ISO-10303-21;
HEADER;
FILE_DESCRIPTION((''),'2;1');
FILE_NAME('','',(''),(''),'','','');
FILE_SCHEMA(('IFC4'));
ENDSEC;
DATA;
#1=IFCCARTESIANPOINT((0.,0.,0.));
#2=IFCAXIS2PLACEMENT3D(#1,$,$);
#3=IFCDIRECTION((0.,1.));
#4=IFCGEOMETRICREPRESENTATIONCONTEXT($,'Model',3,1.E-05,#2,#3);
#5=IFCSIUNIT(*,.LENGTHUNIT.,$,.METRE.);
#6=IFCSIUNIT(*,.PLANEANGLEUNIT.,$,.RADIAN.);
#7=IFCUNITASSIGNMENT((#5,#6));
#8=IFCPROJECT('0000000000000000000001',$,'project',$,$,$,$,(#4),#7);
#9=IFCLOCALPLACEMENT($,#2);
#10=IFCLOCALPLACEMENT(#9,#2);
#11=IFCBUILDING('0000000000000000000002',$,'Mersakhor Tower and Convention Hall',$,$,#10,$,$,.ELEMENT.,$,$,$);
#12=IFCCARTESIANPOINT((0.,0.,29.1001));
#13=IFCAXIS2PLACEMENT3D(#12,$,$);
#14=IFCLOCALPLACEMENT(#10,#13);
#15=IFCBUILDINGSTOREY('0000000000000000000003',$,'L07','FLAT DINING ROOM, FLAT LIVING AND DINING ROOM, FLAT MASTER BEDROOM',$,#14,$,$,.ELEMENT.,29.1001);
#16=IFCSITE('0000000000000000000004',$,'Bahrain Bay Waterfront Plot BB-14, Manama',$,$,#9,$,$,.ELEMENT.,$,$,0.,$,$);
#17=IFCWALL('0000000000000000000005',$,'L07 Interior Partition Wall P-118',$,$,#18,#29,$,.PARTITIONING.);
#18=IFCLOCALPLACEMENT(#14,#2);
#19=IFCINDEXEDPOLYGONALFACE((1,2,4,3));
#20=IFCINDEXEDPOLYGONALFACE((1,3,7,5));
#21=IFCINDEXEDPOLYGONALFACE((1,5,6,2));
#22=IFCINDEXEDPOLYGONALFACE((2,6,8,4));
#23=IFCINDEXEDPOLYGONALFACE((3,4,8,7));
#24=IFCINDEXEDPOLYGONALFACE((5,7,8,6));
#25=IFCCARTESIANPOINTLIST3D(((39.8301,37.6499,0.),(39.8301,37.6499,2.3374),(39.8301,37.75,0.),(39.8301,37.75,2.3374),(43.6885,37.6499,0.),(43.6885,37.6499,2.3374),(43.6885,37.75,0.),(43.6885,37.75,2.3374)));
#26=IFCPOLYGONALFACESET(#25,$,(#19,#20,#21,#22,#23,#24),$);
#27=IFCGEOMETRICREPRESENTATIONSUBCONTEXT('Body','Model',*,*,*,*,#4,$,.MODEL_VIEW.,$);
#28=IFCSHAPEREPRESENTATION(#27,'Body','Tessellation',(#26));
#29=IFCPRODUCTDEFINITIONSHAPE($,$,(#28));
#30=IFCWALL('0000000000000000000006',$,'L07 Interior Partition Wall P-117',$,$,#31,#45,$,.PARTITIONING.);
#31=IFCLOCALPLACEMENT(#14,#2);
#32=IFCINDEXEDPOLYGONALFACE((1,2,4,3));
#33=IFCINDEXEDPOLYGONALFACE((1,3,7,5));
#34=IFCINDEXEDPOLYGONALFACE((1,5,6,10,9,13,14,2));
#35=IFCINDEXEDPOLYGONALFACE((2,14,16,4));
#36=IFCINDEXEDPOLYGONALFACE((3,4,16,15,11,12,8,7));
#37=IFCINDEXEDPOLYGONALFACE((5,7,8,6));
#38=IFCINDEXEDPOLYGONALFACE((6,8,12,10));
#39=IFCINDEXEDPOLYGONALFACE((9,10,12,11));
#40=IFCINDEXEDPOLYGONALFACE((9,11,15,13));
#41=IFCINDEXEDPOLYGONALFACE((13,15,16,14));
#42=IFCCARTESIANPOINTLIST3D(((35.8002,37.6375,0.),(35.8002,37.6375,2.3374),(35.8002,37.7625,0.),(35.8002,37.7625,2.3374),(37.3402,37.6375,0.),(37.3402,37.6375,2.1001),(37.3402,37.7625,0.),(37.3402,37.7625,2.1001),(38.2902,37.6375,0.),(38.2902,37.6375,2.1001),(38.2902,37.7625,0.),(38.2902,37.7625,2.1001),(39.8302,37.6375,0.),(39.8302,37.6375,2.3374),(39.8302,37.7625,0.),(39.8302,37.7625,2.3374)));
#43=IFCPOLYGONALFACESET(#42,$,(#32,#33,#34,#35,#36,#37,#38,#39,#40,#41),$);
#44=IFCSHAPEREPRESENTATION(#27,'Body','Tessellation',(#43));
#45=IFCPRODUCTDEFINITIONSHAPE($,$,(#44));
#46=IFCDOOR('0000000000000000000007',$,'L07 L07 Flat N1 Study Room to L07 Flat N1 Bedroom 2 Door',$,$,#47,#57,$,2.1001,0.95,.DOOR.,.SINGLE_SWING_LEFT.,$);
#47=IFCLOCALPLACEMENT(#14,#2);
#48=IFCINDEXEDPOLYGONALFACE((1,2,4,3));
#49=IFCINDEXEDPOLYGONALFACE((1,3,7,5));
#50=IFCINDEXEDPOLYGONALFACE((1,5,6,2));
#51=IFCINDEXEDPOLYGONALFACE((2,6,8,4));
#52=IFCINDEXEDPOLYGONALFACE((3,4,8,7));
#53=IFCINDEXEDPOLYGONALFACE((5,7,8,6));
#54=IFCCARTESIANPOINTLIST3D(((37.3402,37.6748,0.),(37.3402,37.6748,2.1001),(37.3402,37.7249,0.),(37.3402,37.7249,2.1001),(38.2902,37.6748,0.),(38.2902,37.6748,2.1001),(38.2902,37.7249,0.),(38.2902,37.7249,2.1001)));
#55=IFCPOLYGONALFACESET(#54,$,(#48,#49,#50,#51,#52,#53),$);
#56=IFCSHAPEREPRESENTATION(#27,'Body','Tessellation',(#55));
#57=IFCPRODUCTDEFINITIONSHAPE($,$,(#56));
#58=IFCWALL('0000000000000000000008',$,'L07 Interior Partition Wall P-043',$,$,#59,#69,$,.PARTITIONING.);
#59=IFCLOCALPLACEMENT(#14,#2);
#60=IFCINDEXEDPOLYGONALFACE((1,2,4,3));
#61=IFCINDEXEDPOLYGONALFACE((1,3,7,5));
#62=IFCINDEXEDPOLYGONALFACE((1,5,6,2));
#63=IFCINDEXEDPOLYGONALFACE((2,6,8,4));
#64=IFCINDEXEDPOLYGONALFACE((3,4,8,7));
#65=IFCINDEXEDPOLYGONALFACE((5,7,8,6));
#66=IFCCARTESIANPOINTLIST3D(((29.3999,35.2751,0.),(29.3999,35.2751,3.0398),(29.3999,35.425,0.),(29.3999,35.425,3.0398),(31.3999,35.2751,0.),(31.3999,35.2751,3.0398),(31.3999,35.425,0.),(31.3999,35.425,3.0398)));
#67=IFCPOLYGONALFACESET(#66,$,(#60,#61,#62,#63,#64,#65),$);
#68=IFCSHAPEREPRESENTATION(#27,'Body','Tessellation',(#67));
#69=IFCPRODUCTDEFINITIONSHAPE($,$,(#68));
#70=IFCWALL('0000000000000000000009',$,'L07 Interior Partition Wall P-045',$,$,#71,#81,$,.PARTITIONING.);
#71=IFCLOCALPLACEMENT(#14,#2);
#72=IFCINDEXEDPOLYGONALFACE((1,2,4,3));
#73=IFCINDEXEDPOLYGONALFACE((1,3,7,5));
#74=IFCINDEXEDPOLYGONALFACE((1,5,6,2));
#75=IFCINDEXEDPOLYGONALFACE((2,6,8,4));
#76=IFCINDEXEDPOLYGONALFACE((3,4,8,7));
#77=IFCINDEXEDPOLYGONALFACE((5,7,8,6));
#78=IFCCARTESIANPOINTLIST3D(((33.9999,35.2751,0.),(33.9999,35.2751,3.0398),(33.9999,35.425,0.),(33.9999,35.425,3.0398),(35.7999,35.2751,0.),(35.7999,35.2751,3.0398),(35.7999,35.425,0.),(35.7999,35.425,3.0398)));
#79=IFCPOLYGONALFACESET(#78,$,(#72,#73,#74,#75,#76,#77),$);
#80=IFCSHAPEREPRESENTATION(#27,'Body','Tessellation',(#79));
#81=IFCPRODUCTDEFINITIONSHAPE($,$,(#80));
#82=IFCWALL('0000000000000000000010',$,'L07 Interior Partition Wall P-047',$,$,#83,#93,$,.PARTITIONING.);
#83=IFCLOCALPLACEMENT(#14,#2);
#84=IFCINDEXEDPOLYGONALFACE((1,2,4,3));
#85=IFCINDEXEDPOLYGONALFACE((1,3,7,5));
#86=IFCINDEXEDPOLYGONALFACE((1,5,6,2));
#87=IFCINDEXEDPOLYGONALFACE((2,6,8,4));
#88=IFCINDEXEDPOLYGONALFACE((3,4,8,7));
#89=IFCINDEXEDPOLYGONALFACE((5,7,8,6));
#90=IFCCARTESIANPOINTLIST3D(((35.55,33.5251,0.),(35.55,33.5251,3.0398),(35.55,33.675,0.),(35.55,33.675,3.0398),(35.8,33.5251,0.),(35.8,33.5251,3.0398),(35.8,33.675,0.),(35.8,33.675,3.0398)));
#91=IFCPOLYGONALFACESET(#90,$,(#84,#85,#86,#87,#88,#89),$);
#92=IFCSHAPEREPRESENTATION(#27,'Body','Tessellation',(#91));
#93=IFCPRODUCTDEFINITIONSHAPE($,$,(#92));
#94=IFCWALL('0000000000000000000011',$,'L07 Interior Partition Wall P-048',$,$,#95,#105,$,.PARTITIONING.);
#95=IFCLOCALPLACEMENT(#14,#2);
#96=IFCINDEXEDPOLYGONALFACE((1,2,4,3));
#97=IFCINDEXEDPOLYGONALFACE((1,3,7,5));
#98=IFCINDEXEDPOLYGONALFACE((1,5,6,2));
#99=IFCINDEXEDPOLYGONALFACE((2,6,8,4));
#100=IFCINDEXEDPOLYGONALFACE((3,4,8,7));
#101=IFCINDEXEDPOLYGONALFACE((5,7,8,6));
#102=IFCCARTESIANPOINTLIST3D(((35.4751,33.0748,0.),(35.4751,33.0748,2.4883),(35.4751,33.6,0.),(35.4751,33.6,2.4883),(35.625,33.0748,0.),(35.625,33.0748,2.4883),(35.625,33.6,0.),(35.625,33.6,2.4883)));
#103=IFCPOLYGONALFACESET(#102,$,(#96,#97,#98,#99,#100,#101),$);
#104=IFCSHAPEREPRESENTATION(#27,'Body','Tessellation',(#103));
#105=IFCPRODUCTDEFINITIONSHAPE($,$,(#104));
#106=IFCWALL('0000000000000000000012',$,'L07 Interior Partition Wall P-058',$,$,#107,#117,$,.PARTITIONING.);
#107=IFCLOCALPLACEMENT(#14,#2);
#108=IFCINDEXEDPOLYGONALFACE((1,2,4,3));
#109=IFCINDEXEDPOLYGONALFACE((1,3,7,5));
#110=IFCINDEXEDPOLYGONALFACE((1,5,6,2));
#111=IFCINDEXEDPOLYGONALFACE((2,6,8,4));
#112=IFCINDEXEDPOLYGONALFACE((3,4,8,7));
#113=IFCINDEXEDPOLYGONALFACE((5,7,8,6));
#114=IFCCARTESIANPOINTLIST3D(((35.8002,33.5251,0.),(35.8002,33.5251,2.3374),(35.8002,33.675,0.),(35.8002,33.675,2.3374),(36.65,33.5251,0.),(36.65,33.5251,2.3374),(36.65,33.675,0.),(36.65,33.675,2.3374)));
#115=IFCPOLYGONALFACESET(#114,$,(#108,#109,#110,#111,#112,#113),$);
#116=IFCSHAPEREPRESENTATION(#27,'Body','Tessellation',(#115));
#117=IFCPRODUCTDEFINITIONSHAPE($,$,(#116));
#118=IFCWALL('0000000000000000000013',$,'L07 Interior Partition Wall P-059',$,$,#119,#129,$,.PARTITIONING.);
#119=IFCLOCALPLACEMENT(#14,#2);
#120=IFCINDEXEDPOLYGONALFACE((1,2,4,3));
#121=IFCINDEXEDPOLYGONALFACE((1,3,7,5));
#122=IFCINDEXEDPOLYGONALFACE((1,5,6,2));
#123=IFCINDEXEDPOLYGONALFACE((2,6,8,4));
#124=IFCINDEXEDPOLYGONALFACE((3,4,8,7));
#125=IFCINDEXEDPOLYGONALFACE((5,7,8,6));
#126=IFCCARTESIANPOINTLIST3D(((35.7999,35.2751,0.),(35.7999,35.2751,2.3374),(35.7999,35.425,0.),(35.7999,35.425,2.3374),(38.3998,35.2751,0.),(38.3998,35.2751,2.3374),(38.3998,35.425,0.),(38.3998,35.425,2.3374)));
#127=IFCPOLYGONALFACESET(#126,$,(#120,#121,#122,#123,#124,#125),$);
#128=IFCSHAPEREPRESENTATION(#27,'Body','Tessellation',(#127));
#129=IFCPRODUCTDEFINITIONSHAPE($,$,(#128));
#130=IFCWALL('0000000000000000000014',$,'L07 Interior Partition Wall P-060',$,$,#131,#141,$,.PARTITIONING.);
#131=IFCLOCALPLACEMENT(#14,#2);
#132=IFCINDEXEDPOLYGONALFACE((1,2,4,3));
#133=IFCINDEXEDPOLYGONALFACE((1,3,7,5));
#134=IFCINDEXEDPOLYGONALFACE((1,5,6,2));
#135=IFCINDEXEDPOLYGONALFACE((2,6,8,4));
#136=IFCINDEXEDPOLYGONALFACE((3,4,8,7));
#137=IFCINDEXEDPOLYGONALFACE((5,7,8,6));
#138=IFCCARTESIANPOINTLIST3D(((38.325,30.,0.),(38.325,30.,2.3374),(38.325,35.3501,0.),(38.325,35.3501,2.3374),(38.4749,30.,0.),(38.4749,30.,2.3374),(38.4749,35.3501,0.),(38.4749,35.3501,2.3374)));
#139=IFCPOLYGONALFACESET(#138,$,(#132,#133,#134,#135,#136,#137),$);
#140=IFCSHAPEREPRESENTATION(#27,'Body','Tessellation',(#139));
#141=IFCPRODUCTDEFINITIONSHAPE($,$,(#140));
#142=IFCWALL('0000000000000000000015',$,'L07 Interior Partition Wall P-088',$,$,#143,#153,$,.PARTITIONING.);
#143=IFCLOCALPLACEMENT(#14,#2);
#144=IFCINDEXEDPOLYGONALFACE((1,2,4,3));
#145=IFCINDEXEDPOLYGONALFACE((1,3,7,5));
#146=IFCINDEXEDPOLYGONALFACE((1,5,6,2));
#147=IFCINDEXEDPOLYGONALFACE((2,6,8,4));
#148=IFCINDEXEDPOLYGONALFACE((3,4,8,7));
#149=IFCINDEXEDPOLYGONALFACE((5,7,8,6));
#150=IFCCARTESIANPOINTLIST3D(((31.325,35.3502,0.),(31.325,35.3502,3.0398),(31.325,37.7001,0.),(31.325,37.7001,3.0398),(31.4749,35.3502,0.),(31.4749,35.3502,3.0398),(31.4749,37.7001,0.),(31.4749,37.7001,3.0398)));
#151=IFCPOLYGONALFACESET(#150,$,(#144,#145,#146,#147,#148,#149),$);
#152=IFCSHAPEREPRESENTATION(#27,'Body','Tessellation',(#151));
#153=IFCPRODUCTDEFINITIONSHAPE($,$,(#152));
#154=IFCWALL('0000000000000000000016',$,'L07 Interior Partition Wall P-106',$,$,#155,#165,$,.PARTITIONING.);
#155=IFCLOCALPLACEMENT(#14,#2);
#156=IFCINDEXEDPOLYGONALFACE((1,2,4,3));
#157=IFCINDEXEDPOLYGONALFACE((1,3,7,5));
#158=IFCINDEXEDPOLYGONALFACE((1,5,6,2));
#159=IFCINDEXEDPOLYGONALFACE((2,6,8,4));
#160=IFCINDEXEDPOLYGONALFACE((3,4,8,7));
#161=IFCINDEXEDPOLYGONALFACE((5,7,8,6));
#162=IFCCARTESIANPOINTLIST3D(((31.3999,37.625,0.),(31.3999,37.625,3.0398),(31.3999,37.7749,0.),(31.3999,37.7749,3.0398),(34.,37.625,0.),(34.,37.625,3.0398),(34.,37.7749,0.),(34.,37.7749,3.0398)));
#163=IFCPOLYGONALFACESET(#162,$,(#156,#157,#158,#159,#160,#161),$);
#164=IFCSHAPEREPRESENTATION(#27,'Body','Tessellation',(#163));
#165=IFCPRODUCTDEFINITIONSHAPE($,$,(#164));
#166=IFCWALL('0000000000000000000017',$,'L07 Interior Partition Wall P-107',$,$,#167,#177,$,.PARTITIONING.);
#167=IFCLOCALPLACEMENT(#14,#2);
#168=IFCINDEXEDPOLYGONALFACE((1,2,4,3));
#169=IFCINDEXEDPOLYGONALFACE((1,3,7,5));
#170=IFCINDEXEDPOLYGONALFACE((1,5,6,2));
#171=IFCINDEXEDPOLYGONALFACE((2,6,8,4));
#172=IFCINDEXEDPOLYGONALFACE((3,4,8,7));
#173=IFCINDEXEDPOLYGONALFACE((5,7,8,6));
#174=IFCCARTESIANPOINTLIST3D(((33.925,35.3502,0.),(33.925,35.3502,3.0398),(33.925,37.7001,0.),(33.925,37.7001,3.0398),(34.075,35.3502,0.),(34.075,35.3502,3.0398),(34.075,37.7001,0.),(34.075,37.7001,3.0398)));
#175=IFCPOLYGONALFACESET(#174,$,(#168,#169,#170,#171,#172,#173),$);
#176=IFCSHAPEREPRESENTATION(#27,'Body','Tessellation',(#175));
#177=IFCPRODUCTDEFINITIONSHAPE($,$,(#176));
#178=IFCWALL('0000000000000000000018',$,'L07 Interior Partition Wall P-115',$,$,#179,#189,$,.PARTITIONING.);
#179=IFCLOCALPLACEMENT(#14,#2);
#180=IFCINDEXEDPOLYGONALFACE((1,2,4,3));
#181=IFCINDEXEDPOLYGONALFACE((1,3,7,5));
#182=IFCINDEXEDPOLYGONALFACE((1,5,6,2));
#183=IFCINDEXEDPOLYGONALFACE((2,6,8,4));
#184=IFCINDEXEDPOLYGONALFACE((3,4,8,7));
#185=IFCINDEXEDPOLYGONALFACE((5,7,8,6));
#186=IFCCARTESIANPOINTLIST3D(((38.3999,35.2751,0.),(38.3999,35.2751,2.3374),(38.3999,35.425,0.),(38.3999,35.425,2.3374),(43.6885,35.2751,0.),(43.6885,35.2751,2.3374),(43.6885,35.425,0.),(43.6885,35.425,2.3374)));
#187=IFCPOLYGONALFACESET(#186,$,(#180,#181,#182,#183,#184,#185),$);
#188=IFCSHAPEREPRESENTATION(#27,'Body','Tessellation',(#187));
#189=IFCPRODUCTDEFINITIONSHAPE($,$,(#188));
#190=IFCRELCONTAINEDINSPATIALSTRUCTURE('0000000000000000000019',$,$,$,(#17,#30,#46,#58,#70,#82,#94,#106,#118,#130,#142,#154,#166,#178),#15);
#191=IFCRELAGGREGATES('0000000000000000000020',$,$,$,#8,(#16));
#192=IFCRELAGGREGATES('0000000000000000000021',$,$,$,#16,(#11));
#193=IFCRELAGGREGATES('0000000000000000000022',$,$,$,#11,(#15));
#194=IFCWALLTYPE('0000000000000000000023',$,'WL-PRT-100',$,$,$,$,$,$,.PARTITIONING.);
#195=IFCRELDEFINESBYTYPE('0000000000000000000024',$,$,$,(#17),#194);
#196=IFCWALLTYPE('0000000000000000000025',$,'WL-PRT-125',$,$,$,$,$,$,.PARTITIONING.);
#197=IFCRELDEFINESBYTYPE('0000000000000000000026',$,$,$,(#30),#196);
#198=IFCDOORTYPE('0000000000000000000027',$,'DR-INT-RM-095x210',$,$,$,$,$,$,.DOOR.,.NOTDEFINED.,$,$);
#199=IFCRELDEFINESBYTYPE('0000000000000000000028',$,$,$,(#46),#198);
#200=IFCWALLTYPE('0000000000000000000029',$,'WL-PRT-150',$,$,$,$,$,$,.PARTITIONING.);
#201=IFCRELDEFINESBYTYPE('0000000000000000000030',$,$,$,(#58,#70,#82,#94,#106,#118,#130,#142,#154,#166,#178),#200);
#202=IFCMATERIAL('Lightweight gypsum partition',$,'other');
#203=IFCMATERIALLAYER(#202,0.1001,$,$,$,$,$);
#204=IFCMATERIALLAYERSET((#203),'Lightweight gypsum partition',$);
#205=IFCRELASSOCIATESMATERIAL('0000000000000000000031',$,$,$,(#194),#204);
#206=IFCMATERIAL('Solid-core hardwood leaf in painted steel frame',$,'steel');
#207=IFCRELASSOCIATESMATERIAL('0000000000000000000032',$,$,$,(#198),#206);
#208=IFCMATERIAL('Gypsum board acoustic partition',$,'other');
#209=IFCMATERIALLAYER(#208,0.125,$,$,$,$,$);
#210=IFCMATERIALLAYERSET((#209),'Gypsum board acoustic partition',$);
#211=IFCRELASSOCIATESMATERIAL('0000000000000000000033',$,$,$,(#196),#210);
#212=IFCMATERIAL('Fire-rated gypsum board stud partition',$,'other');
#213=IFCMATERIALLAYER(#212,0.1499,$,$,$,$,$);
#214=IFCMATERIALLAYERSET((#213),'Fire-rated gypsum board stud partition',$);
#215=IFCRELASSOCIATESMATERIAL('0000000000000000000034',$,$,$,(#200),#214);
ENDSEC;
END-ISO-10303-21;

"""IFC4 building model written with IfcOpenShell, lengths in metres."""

from ifc_helpers import new_model, si_unit, direction, frame, frame_2d, origin, place, context, subcontext, project, spatial, rectangle, extrude, material, layer, layer_set, type_object, element, fill, save


model = new_model("IFC4")

# Units and contexts
model_context = context("Model", 3, precision=1e-05, world=origin(), true_north=direction((0.0, 1.0)))
body_context = subcontext(model_context, "Body", "Model", "MODEL_VIEW")
ifc_project = project(units=[si_unit("LENGTHUNIT", "METRE"), si_unit("PLANEANGLEUNIT", "RADIAN")], contexts=[model_context])

# Site, building, storey
site_placement = place(None, origin())
site = spatial("IfcSite", under=ifc_project, at=site_placement, Name="Bahrain Bay Waterfront Plot BB-14, Manama", CompositionType="ELEMENT", RefElevation=0.0)
building_placement = place(site_placement, origin())
building = spatial("IfcBuilding", under=site, at=building_placement, Name="Mersakhor Tower and Convention Hall", CompositionType="ELEMENT")
storey_placement = place(building_placement, frame((0.0, 0.0, 29.1001)))
storey = spatial("IfcBuildingStorey", under=building, at=storey_placement, Name="L07", Description="FLAT DINING ROOM, FLAT LIVING AND DINING ROOM, FLAT MASTER BEDROOM", CompositionType="ELEMENT", Elevation=29.1001)

# Shared definitions
ifc_material_1 = material(Name="Lightweight gypsum partition", Category="other")
ifc_layer_1 = layer(ifc_material_1, 0.1001)
ifc_layer_set_1 = layer_set([ifc_layer_1], Name="Lightweight gypsum partition")
wall_type_1 = type_object("IfcWallType", Name="WL-PRT-100", PredefinedType="PARTITIONING", material=ifc_layer_set_1)
ifc_material_2 = material(Name="Solid-core hardwood leaf in painted steel frame", Category="steel")
door_type_1 = type_object("IfcDoorType", Name="DR-INT-RM-095x210", OperationType="NOTDEFINED", PredefinedType="DOOR", material=ifc_material_2)

# Wall
wall_1_placement = place(storey_placement, frame((39.8301, 37.7, 0.0), z_axis=(0.0, 0.0, 1.0), x_axis=(1.0, 0.0, 0.0)))
element("IfcWall", 1, at=wall_1_placement, inside=storey, type_object=wall_type_1, Name="L07 Interior Partition Wall P-118", PredefinedType="PARTITIONING", context=body_context, shape_type="SweptSolid", body=[
    extrude(rectangle(XDim=3.8584, YDim=0.1001, at=frame_2d((1.9292, 0.0))), origin(), (0.0, 0.0, 1.0), 2.3374),
])

# Wall, opening, door
ifc_material_3 = material(Name="Gypsum board acoustic partition", Category="other")
ifc_layer_2 = layer(ifc_material_3, 0.125)
ifc_layer_set_2 = layer_set([ifc_layer_2], Name="Gypsum board acoustic partition")
wall_type_2 = type_object("IfcWallType", Name="WL-PRT-125", PredefinedType="PARTITIONING", material=ifc_layer_set_2)
wall_2_placement = place(storey_placement, frame((35.8, 37.7, 0.0), z_axis=(0.0, 0.0, 1.0), x_axis=(1.0, 0.0, 0.0)))
wall_2 = element("IfcWall", 2, at=wall_2_placement, inside=storey, type_object=wall_type_2, Name="L07 Interior Partition Wall P-117", PredefinedType="PARTITIONING", context=body_context, shape_type="SweptSolid", body=[
    extrude(rectangle(XDim=4.03, YDim=0.125, at=frame_2d((2.0151, 0.0))), origin(), (0.0, 0.0, 1.0), 2.3374),
])
opening_1_placement = place(wall_2_placement, frame((1.54, 0.0, 0.0)))
opening_1 = element("IfcOpeningElement", 3, at=opening_1_placement, cuts=wall_2, PredefinedType="OPENING", context=body_context, shape_type="SweptSolid", body=[
    extrude(rectangle(XDim=0.95, YDim=2.1001, at=frame_2d((0.4751, 1.05))), frame((0.0, 0.0725, 0.0), z_axis=(0.0, -1.0, 0.0), x_axis=(1.0, 0.0, 0.0)), (0.0, 0.0, 1.0), 0.145),
])
door_1_placement = place(opening_1_placement, origin())
door_1 = element("IfcDoor", 4, at=door_1_placement, inside=storey, type_object=door_type_1, Name="L07 L07 Flat N1 Study Room to L07 Flat N1 Bedroom 2 Door", OperationType="SINGLE_SWING_LEFT", OverallHeight=2.1001, OverallWidth=0.95, PredefinedType="DOOR", context=body_context, shape_type="SweptSolid", body=[
    extrude(rectangle(XDim=0.95, YDim=2.1001, at=frame_2d((0.4751, 1.05))), frame((0.0, 0.0249, 0.0), z_axis=(0.0, -1.0, 0.0), x_axis=(1.0, 0.0, 0.0)), (0.0, 0.0, 1.0), 0.05),
])
fill(opening_1, door_1)

# Wall
ifc_material_4 = material(Name="Fire-rated gypsum board stud partition", Category="other")
ifc_layer_3 = layer(ifc_material_4, 0.1499)
ifc_layer_set_3 = layer_set([ifc_layer_3], Name="Fire-rated gypsum board stud partition")
wall_type_3 = type_object("IfcWallType", Name="WL-PRT-150", PredefinedType="PARTITIONING", material=ifc_layer_set_3)
wall_3_placement = place(storey_placement, frame((29.3999, 35.3501, 0.0), z_axis=(0.0, 0.0, 1.0), x_axis=(1.0, 0.0, 0.0)))
element("IfcWall", 5, at=wall_3_placement, inside=storey, type_object=wall_type_3, Name="L07 Interior Partition Wall P-043", PredefinedType="PARTITIONING", context=body_context, shape_type="SweptSolid", body=[
    extrude(rectangle(XDim=2.0, YDim=0.1499, at=frame_2d((1.0, 0.0))), origin(), (0.0, 0.0, 1.0), 3.0398),
])

# Wall
wall_4_placement = place(storey_placement, frame((34.0, 35.3501, 0.0), z_axis=(0.0, 0.0, 1.0), x_axis=(1.0, 0.0, 0.0)))
element("IfcWall", 6, at=wall_4_placement, inside=storey, type_object=wall_type_3, Name="L07 Interior Partition Wall P-045", PredefinedType="PARTITIONING", context=body_context, shape_type="SweptSolid", body=[
    extrude(rectangle(XDim=1.8, YDim=0.1499, at=frame_2d((0.8999, 0.0))), origin(), (0.0, 0.0, 1.0), 3.0398),
])

# Walls
wall_5_placement = place(storey_placement, frame((35.8, 33.6001, 0.0), z_axis=(0.0, 0.0, 1.0), x_axis=(-1.0, 0.0, 0.0)))
element("IfcWall", 7, at=wall_5_placement, inside=storey, type_object=wall_type_3, Name="L07 Interior Partition Wall P-047", PredefinedType="PARTITIONING", context=body_context, shape_type="SweptSolid", body=[
    extrude(rectangle(XDim=0.25, YDim=0.1499, at=frame_2d((0.125, 0.0))), origin(), (0.0, 0.0, 1.0), 3.0398),
])
wall_6_placement = place(storey_placement, frame((35.55, 33.6001, 0.0), z_axis=(0.0, 0.0, 1.0), x_axis=(0.0, -1.0, 0.0)))
element("IfcWall", 8, at=wall_6_placement, inside=storey, type_object=wall_type_3, Name="L07 Interior Partition Wall P-048", PredefinedType="PARTITIONING", context=body_context, shape_type="SweptSolid", body=[
    extrude(rectangle(XDim=0.5251, YDim=0.1499, at=frame_2d((0.2627, 0.0))), origin(), (0.0, 0.0, 1.0), 2.4883),
])
wall_7_placement = place(storey_placement, frame((36.6499, 33.6001, 0.0), z_axis=(0.0, 0.0, 1.0), x_axis=(-1.0, 0.0, 0.0)))
element("IfcWall", 9, at=wall_7_placement, inside=storey, type_object=wall_type_3, Name="L07 Interior Partition Wall P-058", PredefinedType="PARTITIONING", context=body_context, shape_type="SweptSolid", body=[
    extrude(rectangle(XDim=0.8499, YDim=0.1499, at=frame_2d((0.4248, 0.0))), origin(), (0.0, 0.0, 1.0), 2.3374),
])
wall_8_placement = place(storey_placement, frame((35.8, 35.3501, 0.0), z_axis=(0.0, 0.0, 1.0), x_axis=(1.0, 0.0, 0.0)))
element("IfcWall", 10, at=wall_8_placement, inside=storey, type_object=wall_type_3, Name="L07 Interior Partition Wall P-059", PredefinedType="PARTITIONING", context=body_context, shape_type="SweptSolid", body=[
    extrude(rectangle(XDim=2.5999, YDim=0.1499, at=frame_2d((1.2998, 0.0))), origin(), (0.0, 0.0, 1.0), 2.3374),
])
wall_9_placement = place(storey_placement, frame((38.3999, 35.3501, 0.0), z_axis=(0.0, 0.0, 1.0), x_axis=(0.0, -1.0, 0.0)))
element("IfcWall", 11, at=wall_9_placement, inside=storey, type_object=wall_type_3, Name="L07 Interior Partition Wall P-060", PredefinedType="PARTITIONING", context=body_context, shape_type="SweptSolid", body=[
    extrude(rectangle(XDim=5.3501, YDim=0.1499, at=frame_2d((2.675, 0.0))), origin(), (0.0, 0.0, 1.0), 2.3374),
])
wall_10_placement = place(storey_placement, frame((31.3999, 37.7, 0.0), z_axis=(0.0, 0.0, 1.0), x_axis=(0.0, -1.0, 0.0)))
element("IfcWall", 12, at=wall_10_placement, inside=storey, type_object=wall_type_3, Name="L07 Interior Partition Wall P-088", PredefinedType="PARTITIONING", context=body_context, shape_type="SweptSolid", body=[
    extrude(rectangle(XDim=2.3499, YDim=0.1499, at=frame_2d((1.1748, 0.0))), origin(), (0.0, 0.0, 1.0), 3.0398),
])
wall_11_placement = place(storey_placement, frame((31.3999, 37.7, 0.0), z_axis=(0.0, 0.0, 1.0), x_axis=(1.0, 0.0, 0.0)))
element("IfcWall", 13, at=wall_11_placement, inside=storey, type_object=wall_type_3, Name="L07 Interior Partition Wall P-106", PredefinedType="PARTITIONING", context=body_context, shape_type="SweptSolid", body=[
    extrude(rectangle(XDim=2.6001, YDim=0.1499, at=frame_2d((1.3, 0.0))), origin(), (0.0, 0.0, 1.0), 3.0398),
])
wall_12_placement = place(storey_placement, frame((34.0, 37.7, 0.0), z_axis=(0.0, 0.0, 1.0), x_axis=(0.0, -1.0, 0.0)))
element("IfcWall", 14, at=wall_12_placement, inside=storey, type_object=wall_type_3, Name="L07 Interior Partition Wall P-107", PredefinedType="PARTITIONING", context=body_context, shape_type="SweptSolid", body=[
    extrude(rectangle(XDim=2.3499, YDim=0.1499, at=frame_2d((1.1748, 0.0))), origin(), (0.0, 0.0, 1.0), 3.0398),
])
wall_13_placement = place(storey_placement, frame((43.6885, 35.3501, 0.0), z_axis=(0.0, 0.0, 1.0), x_axis=(-1.0, 0.0, 0.0)))
element("IfcWall", 15, at=wall_13_placement, inside=storey, type_object=wall_type_3, Name="L07 Interior Partition Wall P-115", PredefinedType="PARTITIONING", context=body_context, shape_type="SweptSolid", body=[
    extrude(rectangle(XDim=5.2886, YDim=0.1499, at=frame_2d((2.6443, 0.0))), origin(), (0.0, 0.0, 1.0), 2.3374),
])

save(model, "model.ifc")
